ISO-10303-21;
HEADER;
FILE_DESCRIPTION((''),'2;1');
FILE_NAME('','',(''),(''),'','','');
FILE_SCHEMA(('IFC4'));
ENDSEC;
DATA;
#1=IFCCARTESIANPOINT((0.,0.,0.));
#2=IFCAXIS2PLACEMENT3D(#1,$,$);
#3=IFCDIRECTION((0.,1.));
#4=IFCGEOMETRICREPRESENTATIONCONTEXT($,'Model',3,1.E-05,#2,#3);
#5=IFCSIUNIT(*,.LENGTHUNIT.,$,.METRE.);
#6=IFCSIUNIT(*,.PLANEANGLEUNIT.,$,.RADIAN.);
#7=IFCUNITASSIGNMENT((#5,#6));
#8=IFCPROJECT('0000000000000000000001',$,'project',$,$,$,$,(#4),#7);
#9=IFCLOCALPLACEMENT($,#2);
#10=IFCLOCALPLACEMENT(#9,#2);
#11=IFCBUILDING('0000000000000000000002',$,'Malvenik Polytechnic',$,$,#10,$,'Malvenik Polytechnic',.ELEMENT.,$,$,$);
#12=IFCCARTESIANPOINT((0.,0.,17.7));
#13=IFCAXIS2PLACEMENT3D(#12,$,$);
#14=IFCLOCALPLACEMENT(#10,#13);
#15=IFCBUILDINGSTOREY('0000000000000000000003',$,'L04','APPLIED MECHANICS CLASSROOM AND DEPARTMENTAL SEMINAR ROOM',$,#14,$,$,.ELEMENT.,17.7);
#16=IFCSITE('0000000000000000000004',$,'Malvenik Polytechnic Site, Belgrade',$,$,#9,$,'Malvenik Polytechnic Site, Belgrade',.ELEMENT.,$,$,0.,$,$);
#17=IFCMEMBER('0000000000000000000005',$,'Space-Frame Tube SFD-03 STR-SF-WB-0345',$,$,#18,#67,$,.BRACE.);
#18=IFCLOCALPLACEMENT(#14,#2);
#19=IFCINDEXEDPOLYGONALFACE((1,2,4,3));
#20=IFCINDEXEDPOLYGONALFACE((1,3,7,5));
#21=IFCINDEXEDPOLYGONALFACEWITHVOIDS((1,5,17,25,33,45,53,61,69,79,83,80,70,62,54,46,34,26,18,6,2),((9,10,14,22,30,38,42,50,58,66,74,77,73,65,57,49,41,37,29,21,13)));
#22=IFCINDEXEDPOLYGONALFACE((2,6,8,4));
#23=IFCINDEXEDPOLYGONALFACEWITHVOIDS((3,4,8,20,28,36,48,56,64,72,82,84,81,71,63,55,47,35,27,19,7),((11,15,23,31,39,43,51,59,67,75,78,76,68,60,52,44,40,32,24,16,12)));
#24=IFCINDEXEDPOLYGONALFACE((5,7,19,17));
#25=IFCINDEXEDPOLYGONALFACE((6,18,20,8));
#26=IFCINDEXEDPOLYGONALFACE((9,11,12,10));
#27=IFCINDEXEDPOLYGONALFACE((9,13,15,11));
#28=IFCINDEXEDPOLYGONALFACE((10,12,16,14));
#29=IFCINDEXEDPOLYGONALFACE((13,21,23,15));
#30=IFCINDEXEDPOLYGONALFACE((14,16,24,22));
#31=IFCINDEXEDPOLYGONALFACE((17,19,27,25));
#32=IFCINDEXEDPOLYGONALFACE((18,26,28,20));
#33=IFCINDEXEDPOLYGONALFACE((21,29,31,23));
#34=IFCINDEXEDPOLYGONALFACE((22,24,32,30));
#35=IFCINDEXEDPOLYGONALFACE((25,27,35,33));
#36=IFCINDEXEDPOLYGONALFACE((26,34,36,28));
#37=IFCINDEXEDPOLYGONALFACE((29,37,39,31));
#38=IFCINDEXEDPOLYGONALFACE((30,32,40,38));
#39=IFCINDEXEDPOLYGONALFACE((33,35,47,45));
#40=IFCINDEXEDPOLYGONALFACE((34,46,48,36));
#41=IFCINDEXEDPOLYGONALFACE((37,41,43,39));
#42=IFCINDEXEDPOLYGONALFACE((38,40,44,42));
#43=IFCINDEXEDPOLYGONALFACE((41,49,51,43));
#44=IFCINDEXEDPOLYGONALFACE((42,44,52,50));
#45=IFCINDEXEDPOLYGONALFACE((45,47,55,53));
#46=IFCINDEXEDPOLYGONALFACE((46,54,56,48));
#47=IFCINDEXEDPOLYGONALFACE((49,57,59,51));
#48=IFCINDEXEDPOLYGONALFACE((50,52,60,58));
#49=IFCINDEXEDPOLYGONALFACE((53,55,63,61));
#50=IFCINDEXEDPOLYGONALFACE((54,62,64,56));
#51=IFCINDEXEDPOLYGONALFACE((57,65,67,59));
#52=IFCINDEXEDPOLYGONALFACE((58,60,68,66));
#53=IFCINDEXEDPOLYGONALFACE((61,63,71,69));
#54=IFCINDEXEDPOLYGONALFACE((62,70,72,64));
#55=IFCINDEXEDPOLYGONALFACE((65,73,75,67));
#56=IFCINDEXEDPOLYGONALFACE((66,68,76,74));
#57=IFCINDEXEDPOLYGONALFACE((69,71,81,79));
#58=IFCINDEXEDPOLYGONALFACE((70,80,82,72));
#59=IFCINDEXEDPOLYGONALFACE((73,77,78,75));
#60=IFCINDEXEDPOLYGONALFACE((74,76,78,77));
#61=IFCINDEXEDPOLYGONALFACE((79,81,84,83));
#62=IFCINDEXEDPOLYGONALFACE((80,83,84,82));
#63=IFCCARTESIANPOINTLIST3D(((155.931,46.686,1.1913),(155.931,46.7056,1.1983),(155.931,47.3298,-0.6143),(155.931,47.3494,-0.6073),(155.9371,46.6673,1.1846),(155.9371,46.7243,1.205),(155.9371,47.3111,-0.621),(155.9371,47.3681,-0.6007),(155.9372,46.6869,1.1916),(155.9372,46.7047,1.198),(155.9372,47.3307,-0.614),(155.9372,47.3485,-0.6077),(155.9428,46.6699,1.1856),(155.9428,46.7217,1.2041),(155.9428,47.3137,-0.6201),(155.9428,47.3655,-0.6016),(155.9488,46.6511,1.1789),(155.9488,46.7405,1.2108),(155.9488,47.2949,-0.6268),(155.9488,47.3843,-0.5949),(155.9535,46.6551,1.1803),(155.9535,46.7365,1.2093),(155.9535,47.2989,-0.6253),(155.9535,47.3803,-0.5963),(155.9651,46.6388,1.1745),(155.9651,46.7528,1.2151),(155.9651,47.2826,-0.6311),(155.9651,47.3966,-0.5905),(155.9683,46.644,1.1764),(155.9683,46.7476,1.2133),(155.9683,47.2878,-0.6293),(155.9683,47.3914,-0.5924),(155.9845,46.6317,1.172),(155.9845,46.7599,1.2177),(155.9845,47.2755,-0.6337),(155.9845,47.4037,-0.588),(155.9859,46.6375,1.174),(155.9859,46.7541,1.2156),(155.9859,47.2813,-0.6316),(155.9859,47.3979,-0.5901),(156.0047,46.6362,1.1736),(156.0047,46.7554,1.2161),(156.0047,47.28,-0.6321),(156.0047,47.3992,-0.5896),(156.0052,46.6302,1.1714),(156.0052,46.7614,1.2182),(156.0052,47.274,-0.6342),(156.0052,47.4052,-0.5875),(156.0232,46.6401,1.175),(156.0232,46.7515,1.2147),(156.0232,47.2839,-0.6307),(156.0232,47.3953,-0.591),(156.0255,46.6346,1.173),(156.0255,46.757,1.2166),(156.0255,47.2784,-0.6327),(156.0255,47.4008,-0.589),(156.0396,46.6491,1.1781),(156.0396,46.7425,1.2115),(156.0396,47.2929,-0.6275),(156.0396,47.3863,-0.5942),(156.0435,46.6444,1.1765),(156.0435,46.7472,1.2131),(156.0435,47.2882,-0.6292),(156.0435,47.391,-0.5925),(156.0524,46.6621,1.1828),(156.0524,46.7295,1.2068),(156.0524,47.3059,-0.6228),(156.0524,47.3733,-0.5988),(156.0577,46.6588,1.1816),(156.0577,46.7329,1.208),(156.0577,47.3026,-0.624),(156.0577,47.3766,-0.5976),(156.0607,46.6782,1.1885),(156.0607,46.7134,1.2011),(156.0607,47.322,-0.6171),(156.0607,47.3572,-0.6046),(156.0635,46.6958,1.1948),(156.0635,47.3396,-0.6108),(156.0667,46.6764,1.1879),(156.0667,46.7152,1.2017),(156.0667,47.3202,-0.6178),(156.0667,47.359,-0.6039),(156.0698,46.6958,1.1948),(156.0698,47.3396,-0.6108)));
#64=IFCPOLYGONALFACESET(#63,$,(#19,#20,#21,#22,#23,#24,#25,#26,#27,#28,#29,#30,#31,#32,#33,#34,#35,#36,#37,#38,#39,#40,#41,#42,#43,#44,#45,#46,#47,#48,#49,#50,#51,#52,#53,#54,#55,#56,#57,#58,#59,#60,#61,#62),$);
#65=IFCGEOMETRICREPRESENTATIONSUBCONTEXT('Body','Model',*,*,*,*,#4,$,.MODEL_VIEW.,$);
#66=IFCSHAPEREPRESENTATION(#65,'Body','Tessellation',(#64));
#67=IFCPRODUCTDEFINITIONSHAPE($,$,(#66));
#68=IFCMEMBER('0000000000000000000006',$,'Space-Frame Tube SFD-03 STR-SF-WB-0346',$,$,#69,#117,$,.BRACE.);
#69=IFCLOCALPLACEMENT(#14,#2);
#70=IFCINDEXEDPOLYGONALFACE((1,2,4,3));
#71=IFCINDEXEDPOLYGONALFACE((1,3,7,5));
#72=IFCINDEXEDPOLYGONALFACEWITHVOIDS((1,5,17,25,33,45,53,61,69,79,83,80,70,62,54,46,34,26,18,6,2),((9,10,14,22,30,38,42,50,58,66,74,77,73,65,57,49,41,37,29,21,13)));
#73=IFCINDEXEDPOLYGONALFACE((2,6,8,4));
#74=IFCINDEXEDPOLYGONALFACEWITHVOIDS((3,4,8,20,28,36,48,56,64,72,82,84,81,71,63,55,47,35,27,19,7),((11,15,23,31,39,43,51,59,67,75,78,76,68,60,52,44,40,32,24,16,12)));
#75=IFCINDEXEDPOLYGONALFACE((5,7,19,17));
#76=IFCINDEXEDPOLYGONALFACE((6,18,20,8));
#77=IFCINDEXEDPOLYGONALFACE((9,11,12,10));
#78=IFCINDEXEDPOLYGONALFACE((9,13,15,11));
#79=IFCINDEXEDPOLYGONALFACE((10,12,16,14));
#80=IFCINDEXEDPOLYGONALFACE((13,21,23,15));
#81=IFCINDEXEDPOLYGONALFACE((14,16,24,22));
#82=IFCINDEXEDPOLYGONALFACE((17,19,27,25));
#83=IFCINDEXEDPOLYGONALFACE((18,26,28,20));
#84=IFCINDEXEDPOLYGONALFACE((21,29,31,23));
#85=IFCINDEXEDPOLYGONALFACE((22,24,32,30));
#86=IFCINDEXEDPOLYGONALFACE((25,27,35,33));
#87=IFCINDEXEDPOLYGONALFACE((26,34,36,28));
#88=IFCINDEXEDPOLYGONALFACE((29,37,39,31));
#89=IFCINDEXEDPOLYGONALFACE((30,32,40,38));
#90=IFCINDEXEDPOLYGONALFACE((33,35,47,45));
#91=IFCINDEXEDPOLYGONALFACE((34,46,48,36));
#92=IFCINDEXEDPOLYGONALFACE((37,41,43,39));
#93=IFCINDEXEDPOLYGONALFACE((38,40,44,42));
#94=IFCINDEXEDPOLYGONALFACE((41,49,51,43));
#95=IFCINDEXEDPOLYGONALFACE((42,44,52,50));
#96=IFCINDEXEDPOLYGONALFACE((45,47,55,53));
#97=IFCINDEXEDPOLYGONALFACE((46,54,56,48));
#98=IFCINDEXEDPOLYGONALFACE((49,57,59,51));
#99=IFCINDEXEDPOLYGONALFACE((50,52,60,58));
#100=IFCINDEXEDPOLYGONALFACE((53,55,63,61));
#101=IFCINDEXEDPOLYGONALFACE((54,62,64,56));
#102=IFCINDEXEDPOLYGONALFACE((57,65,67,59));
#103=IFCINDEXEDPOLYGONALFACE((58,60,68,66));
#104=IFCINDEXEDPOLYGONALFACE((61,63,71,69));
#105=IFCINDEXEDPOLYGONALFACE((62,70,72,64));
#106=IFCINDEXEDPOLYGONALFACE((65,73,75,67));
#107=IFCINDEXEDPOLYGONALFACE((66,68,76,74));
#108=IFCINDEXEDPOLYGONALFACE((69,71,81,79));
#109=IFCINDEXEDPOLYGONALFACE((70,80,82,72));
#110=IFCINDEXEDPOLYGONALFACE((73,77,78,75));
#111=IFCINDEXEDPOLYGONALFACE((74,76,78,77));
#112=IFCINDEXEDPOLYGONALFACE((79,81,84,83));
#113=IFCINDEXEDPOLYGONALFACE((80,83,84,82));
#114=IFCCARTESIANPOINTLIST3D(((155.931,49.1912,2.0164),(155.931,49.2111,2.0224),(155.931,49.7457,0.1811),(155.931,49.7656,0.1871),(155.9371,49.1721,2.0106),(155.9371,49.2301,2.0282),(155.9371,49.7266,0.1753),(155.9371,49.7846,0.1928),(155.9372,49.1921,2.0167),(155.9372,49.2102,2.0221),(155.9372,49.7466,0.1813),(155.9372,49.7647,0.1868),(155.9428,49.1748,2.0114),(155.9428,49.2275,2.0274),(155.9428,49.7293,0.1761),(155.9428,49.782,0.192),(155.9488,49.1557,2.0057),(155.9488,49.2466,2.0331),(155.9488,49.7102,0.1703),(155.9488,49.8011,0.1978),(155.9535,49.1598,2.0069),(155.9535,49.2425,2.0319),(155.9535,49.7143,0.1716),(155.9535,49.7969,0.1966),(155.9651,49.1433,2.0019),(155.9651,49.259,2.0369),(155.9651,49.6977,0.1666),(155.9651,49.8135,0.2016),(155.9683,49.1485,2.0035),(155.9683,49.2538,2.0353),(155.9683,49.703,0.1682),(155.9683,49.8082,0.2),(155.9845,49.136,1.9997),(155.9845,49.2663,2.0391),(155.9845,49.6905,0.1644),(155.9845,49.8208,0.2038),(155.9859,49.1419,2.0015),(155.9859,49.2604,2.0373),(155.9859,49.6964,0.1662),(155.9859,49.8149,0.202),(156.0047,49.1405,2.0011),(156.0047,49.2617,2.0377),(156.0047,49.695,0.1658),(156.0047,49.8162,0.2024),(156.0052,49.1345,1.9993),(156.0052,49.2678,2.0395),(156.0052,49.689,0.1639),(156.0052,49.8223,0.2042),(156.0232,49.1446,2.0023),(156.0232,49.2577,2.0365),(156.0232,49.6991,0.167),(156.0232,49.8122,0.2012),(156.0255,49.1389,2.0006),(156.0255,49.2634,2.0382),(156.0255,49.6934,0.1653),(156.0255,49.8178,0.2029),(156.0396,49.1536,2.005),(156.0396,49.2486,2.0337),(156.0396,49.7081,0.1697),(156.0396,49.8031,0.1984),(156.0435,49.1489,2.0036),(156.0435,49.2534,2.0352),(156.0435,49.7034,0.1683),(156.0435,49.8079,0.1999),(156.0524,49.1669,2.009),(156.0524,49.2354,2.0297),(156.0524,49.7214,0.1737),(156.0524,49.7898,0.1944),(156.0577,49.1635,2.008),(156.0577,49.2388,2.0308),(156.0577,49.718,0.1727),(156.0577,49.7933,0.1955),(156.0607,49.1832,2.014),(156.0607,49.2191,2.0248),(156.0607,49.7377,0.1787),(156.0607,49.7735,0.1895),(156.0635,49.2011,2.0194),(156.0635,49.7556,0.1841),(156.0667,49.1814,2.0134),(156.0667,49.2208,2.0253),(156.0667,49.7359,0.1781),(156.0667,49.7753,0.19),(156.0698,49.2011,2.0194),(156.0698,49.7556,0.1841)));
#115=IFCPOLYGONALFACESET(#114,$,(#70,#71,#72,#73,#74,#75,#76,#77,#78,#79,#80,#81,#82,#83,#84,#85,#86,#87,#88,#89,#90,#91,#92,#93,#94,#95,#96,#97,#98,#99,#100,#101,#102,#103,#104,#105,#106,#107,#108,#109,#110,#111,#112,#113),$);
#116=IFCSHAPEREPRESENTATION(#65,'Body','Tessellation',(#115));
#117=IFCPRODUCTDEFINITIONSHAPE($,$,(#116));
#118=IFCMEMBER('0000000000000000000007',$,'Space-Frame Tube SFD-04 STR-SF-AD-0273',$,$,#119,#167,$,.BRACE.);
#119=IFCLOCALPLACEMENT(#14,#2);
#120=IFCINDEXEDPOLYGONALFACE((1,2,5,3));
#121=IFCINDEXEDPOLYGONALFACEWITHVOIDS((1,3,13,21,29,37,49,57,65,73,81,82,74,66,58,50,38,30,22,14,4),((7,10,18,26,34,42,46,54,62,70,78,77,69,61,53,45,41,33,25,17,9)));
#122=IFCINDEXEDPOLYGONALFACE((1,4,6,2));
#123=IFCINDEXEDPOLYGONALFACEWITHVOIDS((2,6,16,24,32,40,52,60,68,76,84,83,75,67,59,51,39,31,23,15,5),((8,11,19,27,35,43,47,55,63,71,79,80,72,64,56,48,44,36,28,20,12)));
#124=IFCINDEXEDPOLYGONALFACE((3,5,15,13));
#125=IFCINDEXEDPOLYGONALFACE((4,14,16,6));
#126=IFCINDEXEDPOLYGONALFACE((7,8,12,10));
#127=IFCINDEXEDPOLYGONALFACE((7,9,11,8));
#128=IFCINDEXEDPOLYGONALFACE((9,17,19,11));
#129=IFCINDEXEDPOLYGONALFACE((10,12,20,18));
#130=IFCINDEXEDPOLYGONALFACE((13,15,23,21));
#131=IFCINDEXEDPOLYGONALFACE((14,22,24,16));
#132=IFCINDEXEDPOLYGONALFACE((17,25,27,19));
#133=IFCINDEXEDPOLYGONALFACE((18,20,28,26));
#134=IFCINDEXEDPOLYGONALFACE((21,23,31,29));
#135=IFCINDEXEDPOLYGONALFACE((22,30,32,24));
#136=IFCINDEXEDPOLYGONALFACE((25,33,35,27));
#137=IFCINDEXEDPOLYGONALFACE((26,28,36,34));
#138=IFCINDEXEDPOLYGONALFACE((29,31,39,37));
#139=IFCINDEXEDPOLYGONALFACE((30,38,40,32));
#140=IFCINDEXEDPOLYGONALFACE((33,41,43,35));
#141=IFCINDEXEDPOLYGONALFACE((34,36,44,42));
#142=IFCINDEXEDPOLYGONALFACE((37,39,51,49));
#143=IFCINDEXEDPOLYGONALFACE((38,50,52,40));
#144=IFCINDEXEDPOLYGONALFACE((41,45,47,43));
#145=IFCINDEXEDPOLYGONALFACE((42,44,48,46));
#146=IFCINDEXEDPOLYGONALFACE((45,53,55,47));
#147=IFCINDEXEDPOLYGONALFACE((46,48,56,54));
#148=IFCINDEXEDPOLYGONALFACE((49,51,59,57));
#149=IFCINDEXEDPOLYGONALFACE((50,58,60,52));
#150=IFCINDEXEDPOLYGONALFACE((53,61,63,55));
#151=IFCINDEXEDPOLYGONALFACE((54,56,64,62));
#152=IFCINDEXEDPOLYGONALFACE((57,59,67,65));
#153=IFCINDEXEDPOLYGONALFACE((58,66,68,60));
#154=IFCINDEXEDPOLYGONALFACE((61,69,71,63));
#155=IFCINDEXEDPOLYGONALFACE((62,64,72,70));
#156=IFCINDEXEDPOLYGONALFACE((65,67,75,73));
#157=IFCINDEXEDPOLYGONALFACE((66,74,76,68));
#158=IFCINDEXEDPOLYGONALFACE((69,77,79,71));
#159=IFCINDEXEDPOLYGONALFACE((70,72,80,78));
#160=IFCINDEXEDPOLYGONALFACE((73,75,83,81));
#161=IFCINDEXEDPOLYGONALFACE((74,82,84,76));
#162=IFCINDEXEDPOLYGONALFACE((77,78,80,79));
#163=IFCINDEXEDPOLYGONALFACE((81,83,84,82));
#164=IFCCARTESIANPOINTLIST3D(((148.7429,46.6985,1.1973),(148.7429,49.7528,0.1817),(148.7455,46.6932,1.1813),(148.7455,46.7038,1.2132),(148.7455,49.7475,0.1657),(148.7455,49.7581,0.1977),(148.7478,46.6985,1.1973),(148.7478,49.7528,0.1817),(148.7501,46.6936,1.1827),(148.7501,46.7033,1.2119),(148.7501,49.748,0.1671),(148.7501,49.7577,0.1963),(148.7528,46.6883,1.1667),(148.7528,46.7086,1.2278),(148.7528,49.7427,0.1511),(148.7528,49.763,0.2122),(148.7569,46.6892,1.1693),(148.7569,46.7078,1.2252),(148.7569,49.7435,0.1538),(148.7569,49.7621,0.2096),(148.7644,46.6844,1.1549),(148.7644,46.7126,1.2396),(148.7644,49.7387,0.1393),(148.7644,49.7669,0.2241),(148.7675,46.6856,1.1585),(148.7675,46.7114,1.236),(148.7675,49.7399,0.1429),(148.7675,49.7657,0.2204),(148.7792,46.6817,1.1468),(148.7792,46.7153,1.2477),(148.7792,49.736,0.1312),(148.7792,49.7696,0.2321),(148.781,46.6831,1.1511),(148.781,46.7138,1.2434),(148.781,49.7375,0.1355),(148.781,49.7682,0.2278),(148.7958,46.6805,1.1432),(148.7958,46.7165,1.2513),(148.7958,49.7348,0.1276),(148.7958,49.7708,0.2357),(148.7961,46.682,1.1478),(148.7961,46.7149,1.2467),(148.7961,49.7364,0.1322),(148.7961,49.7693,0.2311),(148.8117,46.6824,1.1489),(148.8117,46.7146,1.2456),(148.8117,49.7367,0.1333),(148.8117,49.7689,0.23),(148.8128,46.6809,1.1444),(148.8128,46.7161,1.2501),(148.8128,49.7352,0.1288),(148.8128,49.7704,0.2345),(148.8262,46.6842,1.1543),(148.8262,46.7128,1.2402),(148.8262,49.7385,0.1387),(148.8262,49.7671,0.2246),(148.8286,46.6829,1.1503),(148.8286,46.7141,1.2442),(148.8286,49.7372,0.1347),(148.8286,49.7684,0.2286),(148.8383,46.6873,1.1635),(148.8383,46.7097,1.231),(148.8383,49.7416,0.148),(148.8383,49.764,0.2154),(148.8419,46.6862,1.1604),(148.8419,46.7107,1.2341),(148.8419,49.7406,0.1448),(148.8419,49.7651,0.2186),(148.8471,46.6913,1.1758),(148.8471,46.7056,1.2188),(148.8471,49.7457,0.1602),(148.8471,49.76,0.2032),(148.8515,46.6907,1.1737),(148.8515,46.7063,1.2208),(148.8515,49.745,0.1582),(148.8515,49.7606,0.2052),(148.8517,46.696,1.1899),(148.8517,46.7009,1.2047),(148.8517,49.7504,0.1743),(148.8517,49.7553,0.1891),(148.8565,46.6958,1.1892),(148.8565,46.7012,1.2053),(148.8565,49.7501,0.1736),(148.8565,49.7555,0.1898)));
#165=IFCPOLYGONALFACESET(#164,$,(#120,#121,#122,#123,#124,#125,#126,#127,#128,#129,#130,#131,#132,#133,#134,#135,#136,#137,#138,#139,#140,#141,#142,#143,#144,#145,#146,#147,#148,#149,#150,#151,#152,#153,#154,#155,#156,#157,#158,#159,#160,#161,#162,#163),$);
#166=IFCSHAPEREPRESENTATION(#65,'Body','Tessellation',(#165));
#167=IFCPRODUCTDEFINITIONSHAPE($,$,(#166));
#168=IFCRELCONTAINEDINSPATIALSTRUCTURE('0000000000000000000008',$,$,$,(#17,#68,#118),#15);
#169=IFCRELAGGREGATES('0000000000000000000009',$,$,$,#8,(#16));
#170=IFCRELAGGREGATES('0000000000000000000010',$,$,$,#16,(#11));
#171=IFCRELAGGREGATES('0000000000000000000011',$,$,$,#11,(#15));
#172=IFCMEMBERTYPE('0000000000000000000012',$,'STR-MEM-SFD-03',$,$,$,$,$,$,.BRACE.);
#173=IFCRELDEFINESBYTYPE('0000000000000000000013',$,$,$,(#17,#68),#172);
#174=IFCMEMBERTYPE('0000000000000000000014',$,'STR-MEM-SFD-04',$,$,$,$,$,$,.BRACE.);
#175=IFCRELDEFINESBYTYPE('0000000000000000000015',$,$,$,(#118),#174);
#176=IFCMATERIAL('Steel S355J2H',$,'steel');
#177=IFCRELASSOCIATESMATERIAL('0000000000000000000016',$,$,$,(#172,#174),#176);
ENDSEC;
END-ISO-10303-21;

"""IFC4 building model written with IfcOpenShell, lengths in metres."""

from ifc_helpers import new_model, si_unit, direction, frame, origin, origin_2d, place, context, subcontext, project, spatial, hollow_circle, extrude, material, material_profile, profile_set, type_object, element, save


model = new_model("IFC4")

# Units and contexts
model_context = context("Model", 3, precision=1e-05, world=origin(), true_north=direction((0.0, 1.0)))
body_context = subcontext(model_context, "Body", "Model", "MODEL_VIEW")
ifc_project = project(units=[si_unit("LENGTHUNIT", "METRE"), si_unit("PLANEANGLEUNIT", "RADIAN")], contexts=[model_context])

# Site, building, storey
site_placement = place(None, origin())
site = spatial("IfcSite", under=ifc_project, at=site_placement, Name="Malvenik Polytechnic Site, Belgrade", LongName="Malvenik Polytechnic Site, Belgrade", CompositionType="ELEMENT", RefElevation=0.0)
building_placement = place(site_placement, origin())
building = spatial("IfcBuilding", under=site, at=building_placement, Name="Malvenik Polytechnic", LongName="Malvenik Polytechnic", CompositionType="ELEMENT")
storey_placement = place(building_placement, frame((0.0, 0.0, 17.7)))
storey = spatial("IfcBuildingStorey", under=building, at=storey_placement, Name="L04", Description="APPLIED MECHANICS CLASSROOM AND DEPARTMENTAL SEMINAR ROOM", CompositionType="ELEMENT", Elevation=17.7)

# Members
ifc_material = material(Name="Steel S355J2H", Category="steel")
ifc_material_profile_1 = material_profile(ifc_material, hollow_circle(Radius=0.0698, WallThickness=0.0063, at=origin_2d()), Name="CHS 139.7x6.3")
ifc_profile_set_1 = profile_set([ifc_material_profile_1], Name="Steel S355J2H")
member_type_1 = type_object("IfcMemberType", Name="STR-MEM-SFD-03", PredefinedType="BRACE", material=ifc_profile_set_1)
member_1_placement = place(storey_placement, frame((156.0, 47.3396, -0.6108), z_axis=(0.0, -0.335836, 0.94192), x_axis=(1.0, 0.0, 0.0)))
element("IfcMember", 1, at=member_1_placement, inside=storey, type_object=member_type_1, Name="Space-Frame Tube SFD-03 STR-SF-WB-0345", PredefinedType="BRACE", context=body_context, shape_type="SweptSolid", body=[
    extrude(hollow_circle(Radius=0.0698, WallThickness=0.0063, at=origin_2d()), origin(), (0.0, 0.0, 1.0), 1.917),
])
member_2_placement = place(storey_placement, frame((156.0, 49.7556, 0.1841), z_axis=(0.0, -0.289205, 0.957267), x_axis=(1.0, 0.0, 0.0)))
element("IfcMember", 2, at=member_2_placement, inside=storey, type_object=member_type_1, Name="Space-Frame Tube SFD-03 STR-SF-WB-0346", PredefinedType="BRACE", context=body_context, shape_type="SweptSolid", body=[
    extrude(hollow_circle(Radius=0.0698, WallThickness=0.0063, at=origin_2d()), origin(), (0.0, 0.0, 1.0), 1.9172),
])
ifc_material_profile_2 = material_profile(ifc_material, hollow_circle(Radius=0.0571, WallThickness=0.0049, at=origin_2d()), Name="CHS 114.3x5.0")
ifc_profile_set_2 = profile_set([ifc_material_profile_2], Name="Steel S355J2H")
member_type_2 = type_object("IfcMemberType", Name="STR-MEM-SFD-04", PredefinedType="BRACE", material=ifc_profile_set_2)
for number, where, z_axis, x_axis, name in (
    (3, (148.8, 46.6985, 1.1973), (0.0, 0.948918, -0.315522), (-1.0, 0.0, 0.0), "Space-Frame Tube SFD-04 STR-SF-AD-0273"),
):
    element("IfcMember", number, at=place(storey_placement, frame(where, z_axis=z_axis, x_axis=x_axis)), inside=storey, type_object=member_type_2, Name=name, PredefinedType="BRACE", context=body_context, shape_type="SweptSolid", body=[
        extrude(hollow_circle(Radius=0.0571, WallThickness=0.0049, at=origin_2d()), origin(), (0.0, 0.0, 1.0), 3.2188),
    ])

save(model, "model.ifc")
